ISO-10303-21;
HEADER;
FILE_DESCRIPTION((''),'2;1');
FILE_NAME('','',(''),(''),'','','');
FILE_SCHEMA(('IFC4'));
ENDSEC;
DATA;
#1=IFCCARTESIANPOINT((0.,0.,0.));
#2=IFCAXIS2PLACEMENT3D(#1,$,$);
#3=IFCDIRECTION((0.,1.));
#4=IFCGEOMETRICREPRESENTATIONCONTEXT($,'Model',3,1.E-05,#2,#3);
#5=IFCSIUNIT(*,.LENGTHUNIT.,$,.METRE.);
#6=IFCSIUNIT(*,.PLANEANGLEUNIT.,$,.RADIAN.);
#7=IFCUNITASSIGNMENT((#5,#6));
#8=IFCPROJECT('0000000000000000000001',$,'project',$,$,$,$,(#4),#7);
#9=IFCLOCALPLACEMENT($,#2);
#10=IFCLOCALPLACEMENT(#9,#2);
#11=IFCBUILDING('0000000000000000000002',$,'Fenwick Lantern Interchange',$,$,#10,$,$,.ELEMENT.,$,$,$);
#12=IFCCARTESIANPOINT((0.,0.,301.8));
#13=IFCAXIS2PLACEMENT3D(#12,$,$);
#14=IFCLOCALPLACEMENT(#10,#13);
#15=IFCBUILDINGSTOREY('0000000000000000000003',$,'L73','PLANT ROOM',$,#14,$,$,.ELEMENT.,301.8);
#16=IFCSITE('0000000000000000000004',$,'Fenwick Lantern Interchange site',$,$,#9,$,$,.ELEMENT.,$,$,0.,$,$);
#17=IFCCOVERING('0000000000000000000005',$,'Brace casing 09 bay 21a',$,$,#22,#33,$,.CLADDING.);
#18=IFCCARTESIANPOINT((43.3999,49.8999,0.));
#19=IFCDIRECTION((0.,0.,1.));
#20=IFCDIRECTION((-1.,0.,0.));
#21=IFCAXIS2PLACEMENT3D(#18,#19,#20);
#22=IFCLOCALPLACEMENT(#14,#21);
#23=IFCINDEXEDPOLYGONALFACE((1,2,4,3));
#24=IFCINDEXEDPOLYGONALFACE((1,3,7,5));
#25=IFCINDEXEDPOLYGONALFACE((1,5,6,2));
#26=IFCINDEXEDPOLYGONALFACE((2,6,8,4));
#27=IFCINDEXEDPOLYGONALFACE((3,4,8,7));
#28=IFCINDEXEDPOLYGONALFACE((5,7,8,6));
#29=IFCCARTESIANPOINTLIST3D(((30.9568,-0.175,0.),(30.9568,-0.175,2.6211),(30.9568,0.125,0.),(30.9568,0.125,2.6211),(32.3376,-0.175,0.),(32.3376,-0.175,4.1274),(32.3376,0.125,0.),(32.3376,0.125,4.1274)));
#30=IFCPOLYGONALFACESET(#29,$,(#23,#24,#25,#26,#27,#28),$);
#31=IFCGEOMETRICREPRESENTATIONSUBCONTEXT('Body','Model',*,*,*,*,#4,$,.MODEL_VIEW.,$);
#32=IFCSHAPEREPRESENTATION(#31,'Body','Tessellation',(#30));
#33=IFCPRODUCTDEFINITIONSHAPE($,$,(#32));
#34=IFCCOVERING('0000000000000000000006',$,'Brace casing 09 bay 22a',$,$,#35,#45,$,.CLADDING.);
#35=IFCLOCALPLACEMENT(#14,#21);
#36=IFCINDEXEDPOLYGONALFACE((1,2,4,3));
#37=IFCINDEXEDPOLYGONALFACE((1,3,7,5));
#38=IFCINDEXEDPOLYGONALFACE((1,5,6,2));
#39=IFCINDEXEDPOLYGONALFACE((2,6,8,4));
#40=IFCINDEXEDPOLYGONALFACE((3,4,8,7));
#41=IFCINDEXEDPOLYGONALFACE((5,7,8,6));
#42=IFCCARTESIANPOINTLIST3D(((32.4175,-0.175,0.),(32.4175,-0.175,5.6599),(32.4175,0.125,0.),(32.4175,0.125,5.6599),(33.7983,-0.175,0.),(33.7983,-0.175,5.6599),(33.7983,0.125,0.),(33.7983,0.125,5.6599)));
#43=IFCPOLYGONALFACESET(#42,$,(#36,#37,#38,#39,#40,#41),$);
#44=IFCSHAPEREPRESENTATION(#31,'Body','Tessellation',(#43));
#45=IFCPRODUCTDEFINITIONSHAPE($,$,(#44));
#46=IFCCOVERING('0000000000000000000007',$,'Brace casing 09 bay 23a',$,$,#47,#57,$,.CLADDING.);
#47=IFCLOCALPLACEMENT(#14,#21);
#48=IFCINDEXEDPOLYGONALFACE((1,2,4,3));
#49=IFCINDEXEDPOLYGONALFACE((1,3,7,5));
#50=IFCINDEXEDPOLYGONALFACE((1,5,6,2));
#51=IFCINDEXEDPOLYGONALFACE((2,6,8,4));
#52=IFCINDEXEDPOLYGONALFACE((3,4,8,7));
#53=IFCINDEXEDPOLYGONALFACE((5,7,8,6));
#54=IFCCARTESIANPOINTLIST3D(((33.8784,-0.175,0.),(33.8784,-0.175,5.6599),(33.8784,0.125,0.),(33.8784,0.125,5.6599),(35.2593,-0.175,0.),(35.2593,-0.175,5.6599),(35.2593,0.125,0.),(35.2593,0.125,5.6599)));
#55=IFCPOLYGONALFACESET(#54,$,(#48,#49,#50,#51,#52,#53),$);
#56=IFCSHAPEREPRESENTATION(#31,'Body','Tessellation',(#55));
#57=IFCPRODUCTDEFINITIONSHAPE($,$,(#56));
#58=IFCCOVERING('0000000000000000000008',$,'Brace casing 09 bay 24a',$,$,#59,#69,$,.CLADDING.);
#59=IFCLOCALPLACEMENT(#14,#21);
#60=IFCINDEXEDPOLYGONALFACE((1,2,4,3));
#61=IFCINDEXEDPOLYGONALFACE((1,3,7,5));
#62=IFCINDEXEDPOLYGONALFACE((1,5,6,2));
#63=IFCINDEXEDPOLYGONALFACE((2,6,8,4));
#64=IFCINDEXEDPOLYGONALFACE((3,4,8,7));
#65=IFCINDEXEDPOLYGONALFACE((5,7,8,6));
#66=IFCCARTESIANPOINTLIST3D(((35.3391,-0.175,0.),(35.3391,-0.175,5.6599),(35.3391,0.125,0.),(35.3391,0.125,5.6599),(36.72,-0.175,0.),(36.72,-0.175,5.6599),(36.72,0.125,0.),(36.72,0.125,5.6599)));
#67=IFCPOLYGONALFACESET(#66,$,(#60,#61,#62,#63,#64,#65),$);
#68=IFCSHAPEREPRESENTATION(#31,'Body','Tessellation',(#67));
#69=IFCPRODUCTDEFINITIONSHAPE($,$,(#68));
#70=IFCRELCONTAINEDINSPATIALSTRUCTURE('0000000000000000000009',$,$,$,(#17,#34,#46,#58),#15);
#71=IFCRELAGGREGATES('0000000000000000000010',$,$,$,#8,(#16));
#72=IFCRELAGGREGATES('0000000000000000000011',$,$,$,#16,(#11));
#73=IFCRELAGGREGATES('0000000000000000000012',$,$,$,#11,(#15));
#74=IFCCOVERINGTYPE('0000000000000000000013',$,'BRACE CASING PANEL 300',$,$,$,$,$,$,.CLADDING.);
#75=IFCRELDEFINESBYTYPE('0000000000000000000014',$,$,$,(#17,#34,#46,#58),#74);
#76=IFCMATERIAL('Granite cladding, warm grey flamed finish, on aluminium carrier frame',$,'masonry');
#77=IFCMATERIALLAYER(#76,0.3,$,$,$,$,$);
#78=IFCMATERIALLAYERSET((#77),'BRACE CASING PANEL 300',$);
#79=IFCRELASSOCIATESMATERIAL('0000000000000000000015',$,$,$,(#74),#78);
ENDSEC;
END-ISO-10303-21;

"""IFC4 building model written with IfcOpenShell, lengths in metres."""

from ifc_helpers import new_model, si_unit, direction, frame, origin, place, context, subcontext, project, spatial, polyline, outline, extrude, material, layer, layer_set, type_object, element, save


model = new_model("IFC4")

# Units and contexts
model_context = context("Model", 3, precision=1e-05, world=origin(), true_north=direction((0.0, 1.0)))
body_context = subcontext(model_context, "Body", "Model", "MODEL_VIEW")
ifc_project = project(units=[si_unit("LENGTHUNIT", "METRE"), si_unit("PLANEANGLEUNIT", "RADIAN")], contexts=[model_context])

# Site, building, storey
site_placement = place(None, origin())
site = spatial("IfcSite", under=ifc_project, at=site_placement, Name="Fenwick Lantern Interchange site", CompositionType="ELEMENT", RefElevation=0.0)
building_placement = place(site_placement, origin())
building = spatial("IfcBuilding", under=site, at=building_placement, Name="Fenwick Lantern Interchange", CompositionType="ELEMENT")
storey_placement = place(building_placement, frame((0.0, 0.0, 301.8)))
storey = spatial("IfcBuildingStorey", under=building, at=storey_placement, Name="L73", Description="PLANT ROOM", CompositionType="ELEMENT", Elevation=301.8)

# Coverings
ifc_material_1 = material(Name="Granite cladding, warm grey flamed finish, on aluminium carrier frame", Category="masonry")
ifc_layer_1 = layer(ifc_material_1, 0.3)
ifc_layer_set_1 = layer_set([ifc_layer_1], Name="BRACE CASING PANEL 300")
covering_type = type_object("IfcCoveringType", Name="BRACE CASING PANEL 300", PredefinedType="CLADDING", material=ifc_layer_set_1)
covering_1_placement = place(storey_placement, frame((43.3999, 49.8999, 0.0), z_axis=(0.0, 0.0, 1.0), x_axis=(-1.0, 0.0, 0.0)))
element("IfcCovering", 1, at=covering_1_placement, inside=storey, type_object=covering_type, Name="Brace casing 09 bay 21a", PredefinedType="CLADDING", context=body_context, shape_type="SweptSolid", body=[
    extrude(outline(polyline([(30.9568, 0.0), (32.3376, 0.0), (32.3376, 4.1274), (30.9568, 2.6211), (30.9568, 0.0)])), frame((0.0, 0.125, 0.0), z_axis=(0.0, -1.0, 0.0), x_axis=(1.0, 0.0, 0.0)), (0.0, 0.0, 1.0), 0.3),
])
covering_2_placement = place(storey_placement, frame((43.3999, 49.8999, 0.0), z_axis=(0.0, 0.0, 1.0), x_axis=(-1.0, 0.0, 0.0)))
element("IfcCovering", 2, at=covering_2_placement, inside=storey, type_object=covering_type, Name="Brace casing 09 bay 22a", PredefinedType="CLADDING", context=body_context, shape_type="SweptSolid", body=[
    extrude(outline(polyline([(32.4175, 0.0), (33.7983, 0.0), (33.7983, 5.6599), (32.4175, 5.6599), (32.4175, 0.0)])), frame((0.0, 0.125, 0.0), z_axis=(0.0, -1.0, 0.0), x_axis=(1.0, 0.0, 0.0)), (0.0, 0.0, 1.0), 0.3),
])
covering_3_placement = place(storey_placement, frame((43.3999, 49.8999, 0.0), z_axis=(0.0, 0.0, 1.0), x_axis=(-1.0, 0.0, 0.0)))
element("IfcCovering", 3, at=covering_3_placement, inside=storey, type_object=covering_type, Name="Brace casing 09 bay 23a", PredefinedType="CLADDING", context=body_context, shape_type="SweptSolid", body=[
    extrude(outline(polyline([(33.8784, 0.0), (35.2593, 0.0), (35.2593, 5.6599), (33.8784, 5.6599), (33.8784, 0.0)])), frame((0.0, 0.125, 0.0), z_axis=(0.0, -1.0, 0.0), x_axis=(1.0, 0.0, 0.0)), (0.0, 0.0, 1.0), 0.3),
])
covering_4_placement = place(storey_placement, frame((43.3999, 49.8999, 0.0), z_axis=(0.0, 0.0, 1.0), x_axis=(-1.0, 0.0, 0.0)))
element("IfcCovering", 4, at=covering_4_placement, inside=storey, type_object=covering_type, Name="Brace casing 09 bay 24a", PredefinedType="CLADDING", context=body_context, shape_type="SweptSolid", body=[
    extrude(outline(polyline([(35.3391, 0.0), (36.72, 0.0), (36.72, 5.6599), (35.3391, 5.6599), (35.3391, 0.0)])), frame((0.0, 0.125, 0.0), z_axis=(0.0, -1.0, 0.0), x_axis=(1.0, 0.0, 0.0)), (0.0, 0.0, 1.0), 0.3),
])

save(model, "model.ifc")
